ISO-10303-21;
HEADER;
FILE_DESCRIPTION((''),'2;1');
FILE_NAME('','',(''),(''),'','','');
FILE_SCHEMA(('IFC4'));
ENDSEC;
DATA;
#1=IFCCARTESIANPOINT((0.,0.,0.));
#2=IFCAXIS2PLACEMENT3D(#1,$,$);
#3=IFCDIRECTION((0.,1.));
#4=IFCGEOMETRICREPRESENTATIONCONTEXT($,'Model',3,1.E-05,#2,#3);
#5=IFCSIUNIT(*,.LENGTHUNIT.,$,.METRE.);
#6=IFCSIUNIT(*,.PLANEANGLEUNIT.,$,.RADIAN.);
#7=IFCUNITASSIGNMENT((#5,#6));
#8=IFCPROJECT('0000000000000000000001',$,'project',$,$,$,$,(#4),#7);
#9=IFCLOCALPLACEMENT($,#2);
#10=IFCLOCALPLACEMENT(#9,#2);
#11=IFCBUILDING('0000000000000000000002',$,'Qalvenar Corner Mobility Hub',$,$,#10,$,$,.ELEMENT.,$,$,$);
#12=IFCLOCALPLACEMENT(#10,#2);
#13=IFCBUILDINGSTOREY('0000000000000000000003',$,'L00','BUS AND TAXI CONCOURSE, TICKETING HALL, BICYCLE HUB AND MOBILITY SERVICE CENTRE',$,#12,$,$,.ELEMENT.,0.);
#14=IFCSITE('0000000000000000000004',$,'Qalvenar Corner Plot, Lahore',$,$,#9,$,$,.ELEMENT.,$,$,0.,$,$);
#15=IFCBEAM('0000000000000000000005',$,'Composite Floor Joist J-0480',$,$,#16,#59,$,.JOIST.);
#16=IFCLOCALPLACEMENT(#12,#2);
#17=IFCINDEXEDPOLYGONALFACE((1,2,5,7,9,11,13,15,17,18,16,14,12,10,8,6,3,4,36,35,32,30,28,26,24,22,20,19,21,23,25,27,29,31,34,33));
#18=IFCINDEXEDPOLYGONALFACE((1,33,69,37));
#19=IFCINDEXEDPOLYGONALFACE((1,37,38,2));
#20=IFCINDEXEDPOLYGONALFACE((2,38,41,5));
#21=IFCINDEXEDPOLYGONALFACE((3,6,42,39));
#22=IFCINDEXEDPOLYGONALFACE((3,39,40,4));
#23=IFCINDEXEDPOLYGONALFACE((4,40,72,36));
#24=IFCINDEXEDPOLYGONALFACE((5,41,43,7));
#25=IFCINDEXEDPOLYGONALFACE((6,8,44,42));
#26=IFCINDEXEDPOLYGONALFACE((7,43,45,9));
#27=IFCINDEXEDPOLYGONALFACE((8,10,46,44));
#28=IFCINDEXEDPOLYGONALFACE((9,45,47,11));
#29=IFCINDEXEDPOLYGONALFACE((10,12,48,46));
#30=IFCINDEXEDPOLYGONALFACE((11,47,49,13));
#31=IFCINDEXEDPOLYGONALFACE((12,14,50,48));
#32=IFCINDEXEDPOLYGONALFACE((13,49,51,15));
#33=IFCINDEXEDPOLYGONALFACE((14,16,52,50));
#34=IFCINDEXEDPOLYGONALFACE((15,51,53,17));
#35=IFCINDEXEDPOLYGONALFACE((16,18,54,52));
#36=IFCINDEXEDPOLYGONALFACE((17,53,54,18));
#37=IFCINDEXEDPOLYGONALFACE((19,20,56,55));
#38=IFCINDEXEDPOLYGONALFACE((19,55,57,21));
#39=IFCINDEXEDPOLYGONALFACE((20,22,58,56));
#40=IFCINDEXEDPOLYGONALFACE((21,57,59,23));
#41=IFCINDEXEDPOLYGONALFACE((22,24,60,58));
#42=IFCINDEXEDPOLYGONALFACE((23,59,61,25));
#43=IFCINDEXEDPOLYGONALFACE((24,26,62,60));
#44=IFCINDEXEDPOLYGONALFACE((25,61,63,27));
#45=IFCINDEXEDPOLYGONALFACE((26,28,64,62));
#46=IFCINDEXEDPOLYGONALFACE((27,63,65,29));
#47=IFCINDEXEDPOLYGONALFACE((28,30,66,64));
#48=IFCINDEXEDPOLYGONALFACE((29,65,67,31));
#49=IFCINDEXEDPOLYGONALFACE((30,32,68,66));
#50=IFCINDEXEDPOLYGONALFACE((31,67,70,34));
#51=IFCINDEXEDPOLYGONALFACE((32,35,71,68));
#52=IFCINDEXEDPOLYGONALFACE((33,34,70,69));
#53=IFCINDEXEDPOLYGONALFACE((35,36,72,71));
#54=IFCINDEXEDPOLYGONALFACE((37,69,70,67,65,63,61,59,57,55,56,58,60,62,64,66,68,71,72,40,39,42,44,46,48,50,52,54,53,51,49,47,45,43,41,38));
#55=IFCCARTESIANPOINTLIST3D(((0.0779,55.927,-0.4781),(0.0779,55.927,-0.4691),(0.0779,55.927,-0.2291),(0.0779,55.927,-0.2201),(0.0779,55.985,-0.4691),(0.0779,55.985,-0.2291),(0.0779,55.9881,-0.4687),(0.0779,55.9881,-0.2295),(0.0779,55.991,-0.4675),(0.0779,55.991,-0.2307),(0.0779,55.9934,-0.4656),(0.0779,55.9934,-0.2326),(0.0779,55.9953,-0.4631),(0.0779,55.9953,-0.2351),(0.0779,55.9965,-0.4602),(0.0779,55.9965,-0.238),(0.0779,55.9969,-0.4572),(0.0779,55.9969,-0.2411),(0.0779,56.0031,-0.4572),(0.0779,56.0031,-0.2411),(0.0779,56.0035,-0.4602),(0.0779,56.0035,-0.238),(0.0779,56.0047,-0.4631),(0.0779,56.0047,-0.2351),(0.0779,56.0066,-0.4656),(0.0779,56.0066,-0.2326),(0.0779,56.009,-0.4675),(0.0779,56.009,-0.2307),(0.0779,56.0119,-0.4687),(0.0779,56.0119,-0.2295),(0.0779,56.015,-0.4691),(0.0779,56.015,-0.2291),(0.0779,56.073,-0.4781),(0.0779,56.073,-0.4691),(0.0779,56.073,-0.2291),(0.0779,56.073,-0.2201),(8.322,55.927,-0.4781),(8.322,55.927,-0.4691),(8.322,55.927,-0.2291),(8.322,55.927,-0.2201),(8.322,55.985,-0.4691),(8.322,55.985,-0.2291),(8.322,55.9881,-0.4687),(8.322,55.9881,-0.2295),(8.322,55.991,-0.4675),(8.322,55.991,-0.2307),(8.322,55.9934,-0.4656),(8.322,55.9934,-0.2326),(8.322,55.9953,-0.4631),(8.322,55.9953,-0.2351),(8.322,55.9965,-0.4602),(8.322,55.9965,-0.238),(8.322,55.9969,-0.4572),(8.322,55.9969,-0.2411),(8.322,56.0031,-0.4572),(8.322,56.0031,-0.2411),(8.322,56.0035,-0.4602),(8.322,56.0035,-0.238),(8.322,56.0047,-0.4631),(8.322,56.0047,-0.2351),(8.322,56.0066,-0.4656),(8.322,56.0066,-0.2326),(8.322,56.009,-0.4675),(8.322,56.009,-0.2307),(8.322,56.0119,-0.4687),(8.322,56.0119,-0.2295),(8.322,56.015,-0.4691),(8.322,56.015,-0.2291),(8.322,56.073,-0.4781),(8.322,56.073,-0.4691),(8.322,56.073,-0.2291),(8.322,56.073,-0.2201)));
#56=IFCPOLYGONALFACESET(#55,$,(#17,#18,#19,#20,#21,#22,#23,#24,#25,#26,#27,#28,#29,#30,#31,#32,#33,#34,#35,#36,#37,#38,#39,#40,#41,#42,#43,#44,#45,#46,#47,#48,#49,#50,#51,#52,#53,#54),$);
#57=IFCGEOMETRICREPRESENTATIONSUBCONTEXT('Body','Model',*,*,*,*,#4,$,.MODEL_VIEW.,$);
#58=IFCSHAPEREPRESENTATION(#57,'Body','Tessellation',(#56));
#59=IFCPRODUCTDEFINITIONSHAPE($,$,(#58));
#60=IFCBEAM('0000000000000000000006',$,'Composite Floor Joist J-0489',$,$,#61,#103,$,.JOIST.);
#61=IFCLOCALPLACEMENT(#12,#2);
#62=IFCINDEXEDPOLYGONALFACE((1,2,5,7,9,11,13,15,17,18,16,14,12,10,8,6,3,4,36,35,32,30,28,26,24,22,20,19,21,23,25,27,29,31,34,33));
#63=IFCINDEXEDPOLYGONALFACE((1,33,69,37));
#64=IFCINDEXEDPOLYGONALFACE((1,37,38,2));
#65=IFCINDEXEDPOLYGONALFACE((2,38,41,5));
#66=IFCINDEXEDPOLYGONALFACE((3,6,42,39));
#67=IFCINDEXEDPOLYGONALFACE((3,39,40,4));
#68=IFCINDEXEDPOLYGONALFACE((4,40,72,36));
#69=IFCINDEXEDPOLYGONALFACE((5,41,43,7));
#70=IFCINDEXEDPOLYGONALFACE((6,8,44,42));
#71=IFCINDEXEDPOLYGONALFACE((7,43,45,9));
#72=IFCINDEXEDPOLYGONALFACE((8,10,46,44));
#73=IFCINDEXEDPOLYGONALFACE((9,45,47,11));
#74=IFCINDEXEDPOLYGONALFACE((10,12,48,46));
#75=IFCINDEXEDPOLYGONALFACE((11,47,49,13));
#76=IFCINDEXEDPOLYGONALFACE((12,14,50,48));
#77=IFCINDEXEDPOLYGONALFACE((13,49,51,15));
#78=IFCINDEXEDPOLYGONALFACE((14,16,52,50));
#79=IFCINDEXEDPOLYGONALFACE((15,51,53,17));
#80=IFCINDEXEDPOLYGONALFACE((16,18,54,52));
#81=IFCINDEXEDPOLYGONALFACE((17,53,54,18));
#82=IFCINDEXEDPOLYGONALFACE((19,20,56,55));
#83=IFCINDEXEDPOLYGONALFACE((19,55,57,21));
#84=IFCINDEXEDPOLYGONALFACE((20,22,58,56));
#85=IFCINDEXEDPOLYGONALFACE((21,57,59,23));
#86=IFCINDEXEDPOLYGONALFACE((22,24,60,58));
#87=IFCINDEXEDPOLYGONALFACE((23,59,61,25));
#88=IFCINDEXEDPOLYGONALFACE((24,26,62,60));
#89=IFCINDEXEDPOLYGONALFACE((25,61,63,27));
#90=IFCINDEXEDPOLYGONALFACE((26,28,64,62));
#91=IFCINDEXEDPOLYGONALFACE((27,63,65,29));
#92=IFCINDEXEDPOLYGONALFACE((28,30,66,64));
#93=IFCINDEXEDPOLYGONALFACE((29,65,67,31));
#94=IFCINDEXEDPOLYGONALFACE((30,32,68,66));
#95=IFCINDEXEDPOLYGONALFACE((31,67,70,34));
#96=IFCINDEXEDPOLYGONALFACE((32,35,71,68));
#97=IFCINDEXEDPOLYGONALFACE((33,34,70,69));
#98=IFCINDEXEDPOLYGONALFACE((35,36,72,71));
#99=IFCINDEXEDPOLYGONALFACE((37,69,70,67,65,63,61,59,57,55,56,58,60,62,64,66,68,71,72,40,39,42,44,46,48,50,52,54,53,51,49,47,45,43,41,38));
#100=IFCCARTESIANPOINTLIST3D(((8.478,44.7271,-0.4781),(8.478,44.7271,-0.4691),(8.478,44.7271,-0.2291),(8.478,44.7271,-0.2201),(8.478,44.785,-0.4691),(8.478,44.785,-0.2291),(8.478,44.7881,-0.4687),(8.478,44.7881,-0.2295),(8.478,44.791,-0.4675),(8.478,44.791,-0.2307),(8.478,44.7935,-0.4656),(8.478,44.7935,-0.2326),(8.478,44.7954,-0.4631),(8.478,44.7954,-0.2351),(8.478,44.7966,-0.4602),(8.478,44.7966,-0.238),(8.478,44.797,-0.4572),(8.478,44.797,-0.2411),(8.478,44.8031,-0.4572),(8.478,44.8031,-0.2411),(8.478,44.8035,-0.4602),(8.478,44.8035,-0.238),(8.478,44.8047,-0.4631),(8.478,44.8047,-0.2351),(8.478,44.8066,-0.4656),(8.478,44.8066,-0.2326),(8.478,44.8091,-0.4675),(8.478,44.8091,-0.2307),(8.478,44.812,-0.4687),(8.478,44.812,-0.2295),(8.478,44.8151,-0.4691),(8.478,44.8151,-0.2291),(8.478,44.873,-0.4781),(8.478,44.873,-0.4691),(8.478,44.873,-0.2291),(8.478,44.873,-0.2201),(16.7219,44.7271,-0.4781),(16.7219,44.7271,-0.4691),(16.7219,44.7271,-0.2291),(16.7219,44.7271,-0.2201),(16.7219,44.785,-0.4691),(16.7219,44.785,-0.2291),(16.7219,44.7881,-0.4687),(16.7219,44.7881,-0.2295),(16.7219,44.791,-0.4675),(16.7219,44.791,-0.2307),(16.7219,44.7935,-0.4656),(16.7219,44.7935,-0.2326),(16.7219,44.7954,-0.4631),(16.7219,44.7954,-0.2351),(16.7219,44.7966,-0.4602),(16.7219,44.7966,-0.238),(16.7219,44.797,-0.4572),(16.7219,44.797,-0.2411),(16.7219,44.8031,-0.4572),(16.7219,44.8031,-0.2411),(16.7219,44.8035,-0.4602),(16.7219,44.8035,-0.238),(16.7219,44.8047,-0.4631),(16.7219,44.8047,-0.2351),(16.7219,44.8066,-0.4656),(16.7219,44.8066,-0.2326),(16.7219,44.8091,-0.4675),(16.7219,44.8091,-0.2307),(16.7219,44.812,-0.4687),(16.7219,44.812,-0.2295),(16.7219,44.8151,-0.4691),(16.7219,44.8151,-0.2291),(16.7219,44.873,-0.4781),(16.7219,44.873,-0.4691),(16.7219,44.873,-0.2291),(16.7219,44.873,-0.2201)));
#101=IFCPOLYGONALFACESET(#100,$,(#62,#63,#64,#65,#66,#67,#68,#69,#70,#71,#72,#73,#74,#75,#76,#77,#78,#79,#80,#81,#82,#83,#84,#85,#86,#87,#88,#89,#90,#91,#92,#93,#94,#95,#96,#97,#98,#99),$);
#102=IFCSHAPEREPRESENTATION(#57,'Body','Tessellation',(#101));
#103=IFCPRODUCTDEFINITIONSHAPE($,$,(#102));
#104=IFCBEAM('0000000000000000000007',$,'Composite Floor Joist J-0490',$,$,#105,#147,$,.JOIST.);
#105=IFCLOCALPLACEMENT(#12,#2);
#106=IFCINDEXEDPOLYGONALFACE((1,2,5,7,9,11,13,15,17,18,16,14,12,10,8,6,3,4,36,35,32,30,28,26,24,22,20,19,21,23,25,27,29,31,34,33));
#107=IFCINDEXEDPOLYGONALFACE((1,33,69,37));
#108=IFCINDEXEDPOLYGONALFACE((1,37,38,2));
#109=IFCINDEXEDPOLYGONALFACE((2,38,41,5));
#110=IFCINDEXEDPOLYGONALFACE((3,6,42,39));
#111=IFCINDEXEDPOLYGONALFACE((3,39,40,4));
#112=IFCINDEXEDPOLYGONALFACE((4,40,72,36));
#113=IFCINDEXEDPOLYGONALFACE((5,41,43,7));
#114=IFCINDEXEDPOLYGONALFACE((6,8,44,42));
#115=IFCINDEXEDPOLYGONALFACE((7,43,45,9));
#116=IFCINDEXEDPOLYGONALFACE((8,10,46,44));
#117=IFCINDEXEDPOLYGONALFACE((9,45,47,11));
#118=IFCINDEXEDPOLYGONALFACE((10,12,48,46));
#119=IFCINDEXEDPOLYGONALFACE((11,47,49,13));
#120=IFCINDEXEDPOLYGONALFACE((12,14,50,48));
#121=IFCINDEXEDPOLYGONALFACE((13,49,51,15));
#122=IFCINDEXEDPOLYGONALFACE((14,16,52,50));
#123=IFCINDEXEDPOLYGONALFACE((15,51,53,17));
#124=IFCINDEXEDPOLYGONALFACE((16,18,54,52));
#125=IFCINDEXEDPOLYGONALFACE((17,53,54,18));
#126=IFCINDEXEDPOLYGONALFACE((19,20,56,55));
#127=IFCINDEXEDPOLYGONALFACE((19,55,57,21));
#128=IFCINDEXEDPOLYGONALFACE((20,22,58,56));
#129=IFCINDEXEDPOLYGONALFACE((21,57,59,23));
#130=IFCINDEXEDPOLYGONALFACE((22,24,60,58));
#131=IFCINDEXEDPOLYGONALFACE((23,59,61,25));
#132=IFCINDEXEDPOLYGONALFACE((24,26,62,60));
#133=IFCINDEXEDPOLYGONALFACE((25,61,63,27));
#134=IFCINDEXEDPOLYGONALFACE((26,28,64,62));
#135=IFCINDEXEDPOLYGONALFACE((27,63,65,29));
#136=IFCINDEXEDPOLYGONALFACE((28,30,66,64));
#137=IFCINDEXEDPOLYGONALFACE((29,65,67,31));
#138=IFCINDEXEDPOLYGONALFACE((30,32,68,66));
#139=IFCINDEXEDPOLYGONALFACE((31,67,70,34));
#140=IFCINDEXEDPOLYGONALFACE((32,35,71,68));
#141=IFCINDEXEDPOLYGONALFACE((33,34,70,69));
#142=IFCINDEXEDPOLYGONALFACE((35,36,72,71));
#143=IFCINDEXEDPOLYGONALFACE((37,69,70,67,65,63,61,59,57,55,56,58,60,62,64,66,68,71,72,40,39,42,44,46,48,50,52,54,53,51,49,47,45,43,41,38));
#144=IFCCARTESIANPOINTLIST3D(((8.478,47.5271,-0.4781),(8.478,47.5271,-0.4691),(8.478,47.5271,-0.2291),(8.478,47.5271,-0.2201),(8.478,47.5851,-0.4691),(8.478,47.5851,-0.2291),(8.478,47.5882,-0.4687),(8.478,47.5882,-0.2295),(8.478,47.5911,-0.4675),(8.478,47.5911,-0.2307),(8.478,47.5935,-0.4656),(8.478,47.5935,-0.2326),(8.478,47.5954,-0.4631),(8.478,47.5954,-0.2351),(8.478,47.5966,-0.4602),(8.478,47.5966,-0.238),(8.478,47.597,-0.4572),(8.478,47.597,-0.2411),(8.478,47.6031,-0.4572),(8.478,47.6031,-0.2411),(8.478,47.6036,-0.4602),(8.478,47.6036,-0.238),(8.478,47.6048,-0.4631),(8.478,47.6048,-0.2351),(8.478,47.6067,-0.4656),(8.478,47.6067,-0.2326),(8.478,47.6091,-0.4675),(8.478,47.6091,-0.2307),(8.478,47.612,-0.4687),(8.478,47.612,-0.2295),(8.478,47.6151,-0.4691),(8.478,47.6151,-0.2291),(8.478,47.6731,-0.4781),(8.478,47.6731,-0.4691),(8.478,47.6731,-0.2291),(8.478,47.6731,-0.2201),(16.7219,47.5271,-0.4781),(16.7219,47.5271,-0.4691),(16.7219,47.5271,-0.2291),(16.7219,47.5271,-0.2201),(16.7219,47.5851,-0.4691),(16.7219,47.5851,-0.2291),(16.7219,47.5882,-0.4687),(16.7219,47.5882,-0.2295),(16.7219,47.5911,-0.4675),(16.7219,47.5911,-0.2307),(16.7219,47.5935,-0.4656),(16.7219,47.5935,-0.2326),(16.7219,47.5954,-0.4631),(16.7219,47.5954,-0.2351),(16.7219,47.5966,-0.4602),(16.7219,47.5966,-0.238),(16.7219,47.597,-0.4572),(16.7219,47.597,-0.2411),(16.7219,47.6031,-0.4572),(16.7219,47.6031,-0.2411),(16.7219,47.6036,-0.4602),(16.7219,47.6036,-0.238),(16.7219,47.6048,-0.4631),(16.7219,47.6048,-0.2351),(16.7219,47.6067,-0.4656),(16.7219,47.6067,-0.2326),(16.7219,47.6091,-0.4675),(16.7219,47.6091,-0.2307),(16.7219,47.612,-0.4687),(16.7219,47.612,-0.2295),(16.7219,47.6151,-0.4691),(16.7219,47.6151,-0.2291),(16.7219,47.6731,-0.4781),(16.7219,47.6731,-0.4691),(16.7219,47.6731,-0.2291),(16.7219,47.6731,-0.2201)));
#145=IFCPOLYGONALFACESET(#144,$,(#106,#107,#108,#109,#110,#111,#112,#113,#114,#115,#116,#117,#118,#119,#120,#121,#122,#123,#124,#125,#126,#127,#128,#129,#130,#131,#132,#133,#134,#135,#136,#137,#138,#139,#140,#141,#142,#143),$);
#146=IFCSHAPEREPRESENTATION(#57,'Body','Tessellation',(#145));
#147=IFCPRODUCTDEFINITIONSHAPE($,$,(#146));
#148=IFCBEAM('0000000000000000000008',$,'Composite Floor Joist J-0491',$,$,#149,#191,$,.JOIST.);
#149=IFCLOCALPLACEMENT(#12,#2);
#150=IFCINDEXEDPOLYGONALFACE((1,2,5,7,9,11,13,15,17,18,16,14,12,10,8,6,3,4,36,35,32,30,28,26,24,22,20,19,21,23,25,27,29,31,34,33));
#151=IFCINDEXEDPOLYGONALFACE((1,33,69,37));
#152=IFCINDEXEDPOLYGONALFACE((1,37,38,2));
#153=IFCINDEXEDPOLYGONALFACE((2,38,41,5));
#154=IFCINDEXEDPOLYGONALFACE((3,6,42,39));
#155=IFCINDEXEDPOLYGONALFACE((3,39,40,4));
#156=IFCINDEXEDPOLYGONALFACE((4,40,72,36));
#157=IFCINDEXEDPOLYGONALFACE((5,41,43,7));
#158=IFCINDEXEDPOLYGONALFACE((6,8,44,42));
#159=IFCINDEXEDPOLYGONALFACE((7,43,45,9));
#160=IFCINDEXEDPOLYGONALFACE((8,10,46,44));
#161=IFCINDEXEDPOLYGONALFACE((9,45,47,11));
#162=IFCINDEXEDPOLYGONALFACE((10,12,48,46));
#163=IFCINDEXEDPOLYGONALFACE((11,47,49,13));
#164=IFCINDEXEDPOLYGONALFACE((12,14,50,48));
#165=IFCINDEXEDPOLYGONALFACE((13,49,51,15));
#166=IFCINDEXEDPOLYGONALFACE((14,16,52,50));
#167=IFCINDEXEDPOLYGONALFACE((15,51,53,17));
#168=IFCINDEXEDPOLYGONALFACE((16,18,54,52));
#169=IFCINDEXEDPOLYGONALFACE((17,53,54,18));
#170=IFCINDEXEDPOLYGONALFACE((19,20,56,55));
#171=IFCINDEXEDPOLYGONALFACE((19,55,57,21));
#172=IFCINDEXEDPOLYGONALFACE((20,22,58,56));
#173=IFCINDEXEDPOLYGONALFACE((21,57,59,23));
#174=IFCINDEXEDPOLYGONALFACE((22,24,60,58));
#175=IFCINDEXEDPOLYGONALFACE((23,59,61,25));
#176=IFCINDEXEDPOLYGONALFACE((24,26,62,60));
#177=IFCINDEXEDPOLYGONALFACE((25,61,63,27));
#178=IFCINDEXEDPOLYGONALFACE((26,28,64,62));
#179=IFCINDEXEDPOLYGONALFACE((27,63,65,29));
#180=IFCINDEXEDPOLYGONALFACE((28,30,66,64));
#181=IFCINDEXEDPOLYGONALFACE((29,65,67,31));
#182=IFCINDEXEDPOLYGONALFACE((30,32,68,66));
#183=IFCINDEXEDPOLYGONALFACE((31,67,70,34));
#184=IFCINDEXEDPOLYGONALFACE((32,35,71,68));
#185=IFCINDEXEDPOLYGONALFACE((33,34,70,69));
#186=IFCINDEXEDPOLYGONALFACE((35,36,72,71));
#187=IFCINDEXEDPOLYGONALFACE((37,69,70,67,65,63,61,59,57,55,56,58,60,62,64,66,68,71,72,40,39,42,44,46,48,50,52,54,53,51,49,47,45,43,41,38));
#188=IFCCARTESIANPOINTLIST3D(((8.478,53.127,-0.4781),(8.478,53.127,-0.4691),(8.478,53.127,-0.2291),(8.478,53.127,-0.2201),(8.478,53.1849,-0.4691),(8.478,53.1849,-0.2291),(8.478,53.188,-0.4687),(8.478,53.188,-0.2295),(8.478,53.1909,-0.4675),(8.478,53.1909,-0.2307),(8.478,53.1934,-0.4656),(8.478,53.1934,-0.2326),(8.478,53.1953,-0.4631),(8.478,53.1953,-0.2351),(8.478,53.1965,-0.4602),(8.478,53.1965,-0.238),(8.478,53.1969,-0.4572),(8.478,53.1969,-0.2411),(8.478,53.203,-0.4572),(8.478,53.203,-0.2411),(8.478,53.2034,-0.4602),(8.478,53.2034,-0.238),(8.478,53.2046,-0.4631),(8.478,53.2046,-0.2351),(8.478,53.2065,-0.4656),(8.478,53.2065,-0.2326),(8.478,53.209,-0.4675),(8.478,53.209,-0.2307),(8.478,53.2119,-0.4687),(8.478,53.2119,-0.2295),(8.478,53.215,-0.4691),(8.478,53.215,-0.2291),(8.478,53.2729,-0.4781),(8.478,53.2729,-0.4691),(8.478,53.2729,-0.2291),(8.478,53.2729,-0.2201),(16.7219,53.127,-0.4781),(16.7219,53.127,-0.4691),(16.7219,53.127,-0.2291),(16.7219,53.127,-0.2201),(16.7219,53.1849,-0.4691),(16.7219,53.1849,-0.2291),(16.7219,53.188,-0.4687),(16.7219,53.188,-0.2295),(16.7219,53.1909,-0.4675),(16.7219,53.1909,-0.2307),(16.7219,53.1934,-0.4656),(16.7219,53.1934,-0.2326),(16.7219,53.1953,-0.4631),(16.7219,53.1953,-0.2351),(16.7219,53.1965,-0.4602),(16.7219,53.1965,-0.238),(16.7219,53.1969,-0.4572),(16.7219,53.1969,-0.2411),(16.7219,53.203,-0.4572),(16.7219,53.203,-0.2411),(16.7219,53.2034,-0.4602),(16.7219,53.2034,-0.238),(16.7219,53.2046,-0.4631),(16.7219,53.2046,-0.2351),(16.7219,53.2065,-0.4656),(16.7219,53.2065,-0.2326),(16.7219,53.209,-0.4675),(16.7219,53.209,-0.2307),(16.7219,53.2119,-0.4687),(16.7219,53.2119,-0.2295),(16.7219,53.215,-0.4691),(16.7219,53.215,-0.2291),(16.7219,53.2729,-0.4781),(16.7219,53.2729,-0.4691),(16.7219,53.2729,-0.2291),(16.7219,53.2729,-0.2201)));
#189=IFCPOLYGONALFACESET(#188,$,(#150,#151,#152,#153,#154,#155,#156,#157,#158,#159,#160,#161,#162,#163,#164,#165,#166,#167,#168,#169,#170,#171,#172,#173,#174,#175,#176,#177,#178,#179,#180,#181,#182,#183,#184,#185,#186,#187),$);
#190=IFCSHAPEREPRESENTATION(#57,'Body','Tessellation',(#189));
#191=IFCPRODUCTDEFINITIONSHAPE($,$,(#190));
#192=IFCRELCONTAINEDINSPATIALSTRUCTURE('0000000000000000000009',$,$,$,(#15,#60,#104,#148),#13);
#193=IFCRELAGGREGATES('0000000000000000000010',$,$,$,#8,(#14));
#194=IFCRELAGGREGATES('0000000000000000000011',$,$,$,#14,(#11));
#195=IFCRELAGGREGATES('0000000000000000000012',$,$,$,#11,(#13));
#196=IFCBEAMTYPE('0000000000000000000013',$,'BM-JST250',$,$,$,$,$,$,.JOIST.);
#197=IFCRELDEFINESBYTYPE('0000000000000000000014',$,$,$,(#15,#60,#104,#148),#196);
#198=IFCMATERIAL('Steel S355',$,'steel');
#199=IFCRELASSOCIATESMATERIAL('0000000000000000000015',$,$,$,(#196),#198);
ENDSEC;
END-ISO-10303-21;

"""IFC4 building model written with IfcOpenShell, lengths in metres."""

from ifc_helpers import new_model, si_unit, direction, frame, origin, origin_2d, place, context, subcontext, project, spatial, i_section, extrude, material, material_profile, profile_set, type_object, element, save


model = new_model("IFC4")

# Units and contexts
model_context = context("Model", 3, precision=1e-05, world=origin(), true_north=direction((0.0, 1.0)))
body_context = subcontext(model_context, "Body", "Model", "MODEL_VIEW")
ifc_project = project(units=[si_unit("LENGTHUNIT", "METRE"), si_unit("PLANEANGLEUNIT", "RADIAN")], contexts=[model_context])

# Site, building, storey
site_placement = place(None, origin())
site = spatial("IfcSite", under=ifc_project, at=site_placement, Name="Qalvenar Corner Plot, Lahore", CompositionType="ELEMENT", RefElevation=0.0)
building_placement = place(site_placement, origin())
building = spatial("IfcBuilding", under=site, at=building_placement, Name="Qalvenar Corner Mobility Hub", CompositionType="ELEMENT")
storey_placement = place(building_placement, origin())
storey = spatial("IfcBuildingStorey", under=building, at=storey_placement, Name="L00", Description="BUS AND TAXI CONCOURSE, TICKETING HALL, BICYCLE HUB AND MOBILITY SERVICE CENTRE", CompositionType="ELEMENT", Elevation=0.0)

# Shared definitions
ifc_material_1 = material(Name="Steel S355", Category="steel")

# Beams
ifc_material_profile_1 = material_profile(ifc_material_1, i_section(OverallWidth=0.146, OverallDepth=0.2581, WebThickness=0.0061, FlangeThickness=0.009, FilletRadius=0.012, at=origin_2d()), Name="W250x32.7")
ifc_profile_set_1 = profile_set([ifc_material_profile_1], Name="Steel S355")
beam_type_1 = type_object("IfcBeamType", Name="BM-JST250", PredefinedType="JOIST", material=ifc_profile_set_1)
for number, where, z_axis, x_axis, name in (
    (1, (0.0779, 56.0, -0.3491), (1.0, 0.0, 0.0), (0.0, 1.0, 0.0), "Composite Floor Joist J-0480"),
):
    element("IfcBeam", number, at=place(storey_placement, frame(where, z_axis=z_axis, x_axis=x_axis)), inside=storey, type_object=beam_type_1, Name=name, PredefinedType="JOIST", context=body_context, shape_type="SweptSolid", body=[
        extrude(i_section(OverallWidth=0.146, OverallDepth=0.2581, WebThickness=0.0061, FlangeThickness=0.009, FilletRadius=0.012, at=origin_2d()), origin(), (0.0, 0.0, 1.0), 8.2441),
    ])
for number, where, z_axis, x_axis, name in (
    (2, (8.478, 44.8, -0.3491), (1.0, 0.0, 0.0), (0.0, 1.0, 0.0), "Composite Floor Joist J-0489"),
    (3, (8.478, 47.6001, -0.3491), (1.0, 0.0, 0.0), (0.0, 1.0, 0.0), "Composite Floor Joist J-0490"),
    (4, (8.478, 53.2, -0.3491), (1.0, 0.0, 0.0), (0.0, 1.0, 0.0), "Composite Floor Joist J-0491"),
):
    element("IfcBeam", number, at=place(storey_placement, frame(where, z_axis=z_axis, x_axis=x_axis)), inside=storey, type_object=beam_type_1, Name=name, PredefinedType="JOIST", context=body_context, shape_type="SweptSolid", body=[
        extrude(i_section(OverallWidth=0.146, OverallDepth=0.2581, WebThickness=0.0061, FlangeThickness=0.009, FilletRadius=0.012, at=origin_2d()), origin(), (0.0, 0.0, 1.0), 8.2439),
    ])

save(model, "model.ifc")
